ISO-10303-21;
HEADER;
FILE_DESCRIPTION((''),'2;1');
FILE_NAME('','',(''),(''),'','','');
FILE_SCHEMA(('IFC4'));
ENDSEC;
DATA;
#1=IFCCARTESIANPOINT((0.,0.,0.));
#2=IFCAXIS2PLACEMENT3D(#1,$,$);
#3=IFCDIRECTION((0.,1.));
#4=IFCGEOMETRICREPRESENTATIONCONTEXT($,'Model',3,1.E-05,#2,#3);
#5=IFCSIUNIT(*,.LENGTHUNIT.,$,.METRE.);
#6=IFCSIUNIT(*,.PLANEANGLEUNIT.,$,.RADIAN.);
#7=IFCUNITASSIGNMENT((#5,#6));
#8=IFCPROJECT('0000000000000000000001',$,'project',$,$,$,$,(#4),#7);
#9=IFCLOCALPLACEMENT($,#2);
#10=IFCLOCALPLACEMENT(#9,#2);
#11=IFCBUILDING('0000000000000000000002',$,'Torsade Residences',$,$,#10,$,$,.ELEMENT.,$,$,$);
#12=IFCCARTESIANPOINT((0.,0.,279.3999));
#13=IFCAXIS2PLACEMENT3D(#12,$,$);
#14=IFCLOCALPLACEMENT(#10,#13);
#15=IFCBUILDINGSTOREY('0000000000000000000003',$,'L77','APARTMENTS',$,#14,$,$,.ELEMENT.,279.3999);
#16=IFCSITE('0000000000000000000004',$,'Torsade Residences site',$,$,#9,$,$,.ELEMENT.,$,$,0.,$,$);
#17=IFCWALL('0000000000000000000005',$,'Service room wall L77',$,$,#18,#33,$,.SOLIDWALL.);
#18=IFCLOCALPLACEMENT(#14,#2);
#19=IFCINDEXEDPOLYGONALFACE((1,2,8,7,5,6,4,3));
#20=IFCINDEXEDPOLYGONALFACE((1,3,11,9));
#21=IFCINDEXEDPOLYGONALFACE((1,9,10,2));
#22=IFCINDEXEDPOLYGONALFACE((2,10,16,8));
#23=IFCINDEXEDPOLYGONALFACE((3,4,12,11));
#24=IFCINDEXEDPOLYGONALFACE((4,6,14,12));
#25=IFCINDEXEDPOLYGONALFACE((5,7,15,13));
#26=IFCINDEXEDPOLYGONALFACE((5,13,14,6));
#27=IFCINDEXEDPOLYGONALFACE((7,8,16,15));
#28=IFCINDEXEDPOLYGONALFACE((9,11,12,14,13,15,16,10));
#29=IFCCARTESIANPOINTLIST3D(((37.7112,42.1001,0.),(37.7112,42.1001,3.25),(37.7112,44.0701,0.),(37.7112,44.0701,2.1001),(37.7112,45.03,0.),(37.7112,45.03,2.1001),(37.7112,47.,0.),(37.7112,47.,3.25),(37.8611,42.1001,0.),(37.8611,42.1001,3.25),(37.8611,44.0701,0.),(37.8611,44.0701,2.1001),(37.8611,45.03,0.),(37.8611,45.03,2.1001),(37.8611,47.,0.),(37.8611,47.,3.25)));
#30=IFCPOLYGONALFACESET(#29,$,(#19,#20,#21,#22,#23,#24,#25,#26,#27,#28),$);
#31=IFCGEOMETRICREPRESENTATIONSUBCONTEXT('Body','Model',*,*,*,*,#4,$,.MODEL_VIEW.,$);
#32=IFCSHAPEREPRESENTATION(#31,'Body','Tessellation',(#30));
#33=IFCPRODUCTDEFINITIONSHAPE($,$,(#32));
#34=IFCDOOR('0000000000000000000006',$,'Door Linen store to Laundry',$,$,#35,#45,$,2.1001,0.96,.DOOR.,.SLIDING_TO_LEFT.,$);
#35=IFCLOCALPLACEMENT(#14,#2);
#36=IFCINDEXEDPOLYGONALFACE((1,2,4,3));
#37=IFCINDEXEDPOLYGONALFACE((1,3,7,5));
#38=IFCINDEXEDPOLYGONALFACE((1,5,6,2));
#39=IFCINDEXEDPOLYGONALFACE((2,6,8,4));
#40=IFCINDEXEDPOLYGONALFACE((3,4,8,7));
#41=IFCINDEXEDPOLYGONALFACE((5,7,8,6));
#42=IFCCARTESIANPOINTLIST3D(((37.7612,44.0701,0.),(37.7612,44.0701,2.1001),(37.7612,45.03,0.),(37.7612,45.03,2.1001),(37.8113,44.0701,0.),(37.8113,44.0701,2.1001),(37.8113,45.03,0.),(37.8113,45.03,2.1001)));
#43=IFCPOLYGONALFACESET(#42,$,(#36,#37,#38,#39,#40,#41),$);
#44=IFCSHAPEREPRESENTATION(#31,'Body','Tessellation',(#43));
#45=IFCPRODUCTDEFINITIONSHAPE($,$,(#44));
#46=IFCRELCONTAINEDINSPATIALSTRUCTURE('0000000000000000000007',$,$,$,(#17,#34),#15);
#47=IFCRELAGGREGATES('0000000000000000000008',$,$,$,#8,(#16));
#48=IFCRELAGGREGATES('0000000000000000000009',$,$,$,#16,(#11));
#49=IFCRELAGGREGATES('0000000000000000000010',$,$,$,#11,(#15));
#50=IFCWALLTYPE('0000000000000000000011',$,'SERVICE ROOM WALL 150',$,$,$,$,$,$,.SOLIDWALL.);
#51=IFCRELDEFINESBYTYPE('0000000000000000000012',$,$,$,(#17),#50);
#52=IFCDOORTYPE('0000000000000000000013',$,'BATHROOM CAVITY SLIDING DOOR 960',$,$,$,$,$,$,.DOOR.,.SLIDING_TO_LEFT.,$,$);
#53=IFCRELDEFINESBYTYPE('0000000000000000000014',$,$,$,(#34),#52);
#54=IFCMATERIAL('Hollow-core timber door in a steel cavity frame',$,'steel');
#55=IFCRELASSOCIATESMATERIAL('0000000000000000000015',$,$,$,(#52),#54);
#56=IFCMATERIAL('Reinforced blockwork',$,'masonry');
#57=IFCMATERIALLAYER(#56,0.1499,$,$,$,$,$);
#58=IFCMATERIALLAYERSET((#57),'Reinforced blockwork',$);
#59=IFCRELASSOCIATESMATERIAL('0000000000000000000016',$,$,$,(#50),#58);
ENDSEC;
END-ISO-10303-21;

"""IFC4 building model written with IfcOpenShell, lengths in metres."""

from ifc_helpers import new_model, si_unit, direction, frame, frame_2d, origin, place, context, subcontext, project, spatial, rectangle, extrude, material, layer, layer_set, type_object, element, fill, save


model = new_model("IFC4")

# Units and contexts
model_context = context("Model", 3, precision=1e-05, world=origin(), true_north=direction((0.0, 1.0)))
body_context = subcontext(model_context, "Body", "Model", "MODEL_VIEW")
ifc_project = project(units=[si_unit("LENGTHUNIT", "METRE"), si_unit("PLANEANGLEUNIT", "RADIAN")], contexts=[model_context])

# Site, building, storey
site_placement = place(None, origin())
site = spatial("IfcSite", under=ifc_project, at=site_placement, Name="Torsade Residences site", CompositionType="ELEMENT", RefElevation=0.0)
building_placement = place(site_placement, origin())
building = spatial("IfcBuilding", under=site, at=building_placement, Name="Torsade Residences", CompositionType="ELEMENT")
storey_placement = place(building_placement, frame((0.0, 0.0, 279.3999)))
storey = spatial("IfcBuildingStorey", under=building, at=storey_placement, Name="L77", Description="APARTMENTS", CompositionType="ELEMENT", Elevation=279.3999)

# Shared definitions
ifc_material_1 = material(Name="Hollow-core timber door in a steel cavity frame", Category="steel")
door_type_1 = type_object("IfcDoorType", Name="BATHROOM CAVITY SLIDING DOOR 960", OperationType="SLIDING_TO_LEFT", PredefinedType="DOOR", material=ifc_material_1)

# Wall, opening, door
ifc_material_2 = material(Name="Reinforced blockwork", Category="masonry")
ifc_layer_1 = layer(ifc_material_2, 0.1499)
ifc_layer_set_1 = layer_set([ifc_layer_1], Name="Reinforced blockwork")
wall_type_1 = type_object("IfcWallType", Name="SERVICE ROOM WALL 150", PredefinedType="SOLIDWALL", material=ifc_layer_set_1)
wall_1_placement = place(storey_placement, frame((37.7861, 42.1001, 0.0), z_axis=(0.0, 0.0, 1.0), x_axis=(0.0, 1.0, 0.0)))
wall_1 = element("IfcWall", 1, at=wall_1_placement, inside=storey, type_object=wall_type_1, Name="Service room wall L77", PredefinedType="SOLIDWALL", context=body_context, shape_type="SweptSolid", body=[
    extrude(rectangle(XDim=4.8999, YDim=0.1499, at=frame_2d((2.45, 0.0))), origin(), (0.0, 0.0, 1.0), 3.25),
])
opening_1_placement = place(wall_1_placement, frame((1.97, 0.0, 0.0)))
opening_1 = element("IfcOpeningElement", 2, at=opening_1_placement, cuts=wall_1, PredefinedType="OPENING", context=body_context, shape_type="SweptSolid", body=[
    extrude(rectangle(XDim=0.96, YDim=2.1001, at=frame_2d((0.48, 1.05))), frame((0.0, 0.085, 0.0), z_axis=(0.0, -1.0, 0.0), x_axis=(1.0, 0.0, 0.0)), (0.0, 0.0, 1.0), 0.1699),
])
door_1_placement = place(opening_1_placement, origin())
door_1 = element("IfcDoor", 3, at=door_1_placement, inside=storey, type_object=door_type_1, Name="Door Linen store to Laundry", OperationType="SLIDING_TO_LEFT", OverallHeight=2.1001, OverallWidth=0.96, PredefinedType="DOOR", context=body_context, shape_type="SweptSolid", body=[
    extrude(rectangle(XDim=0.96, YDim=2.1001, at=frame_2d((0.48, 1.05))), frame((0.0, 0.0249, 0.0), z_axis=(0.0, -1.0, 0.0), x_axis=(1.0, 0.0, 0.0)), (0.0, 0.0, 1.0), 0.05),
])
fill(opening_1, door_1)

save(model, "model.ifc")
